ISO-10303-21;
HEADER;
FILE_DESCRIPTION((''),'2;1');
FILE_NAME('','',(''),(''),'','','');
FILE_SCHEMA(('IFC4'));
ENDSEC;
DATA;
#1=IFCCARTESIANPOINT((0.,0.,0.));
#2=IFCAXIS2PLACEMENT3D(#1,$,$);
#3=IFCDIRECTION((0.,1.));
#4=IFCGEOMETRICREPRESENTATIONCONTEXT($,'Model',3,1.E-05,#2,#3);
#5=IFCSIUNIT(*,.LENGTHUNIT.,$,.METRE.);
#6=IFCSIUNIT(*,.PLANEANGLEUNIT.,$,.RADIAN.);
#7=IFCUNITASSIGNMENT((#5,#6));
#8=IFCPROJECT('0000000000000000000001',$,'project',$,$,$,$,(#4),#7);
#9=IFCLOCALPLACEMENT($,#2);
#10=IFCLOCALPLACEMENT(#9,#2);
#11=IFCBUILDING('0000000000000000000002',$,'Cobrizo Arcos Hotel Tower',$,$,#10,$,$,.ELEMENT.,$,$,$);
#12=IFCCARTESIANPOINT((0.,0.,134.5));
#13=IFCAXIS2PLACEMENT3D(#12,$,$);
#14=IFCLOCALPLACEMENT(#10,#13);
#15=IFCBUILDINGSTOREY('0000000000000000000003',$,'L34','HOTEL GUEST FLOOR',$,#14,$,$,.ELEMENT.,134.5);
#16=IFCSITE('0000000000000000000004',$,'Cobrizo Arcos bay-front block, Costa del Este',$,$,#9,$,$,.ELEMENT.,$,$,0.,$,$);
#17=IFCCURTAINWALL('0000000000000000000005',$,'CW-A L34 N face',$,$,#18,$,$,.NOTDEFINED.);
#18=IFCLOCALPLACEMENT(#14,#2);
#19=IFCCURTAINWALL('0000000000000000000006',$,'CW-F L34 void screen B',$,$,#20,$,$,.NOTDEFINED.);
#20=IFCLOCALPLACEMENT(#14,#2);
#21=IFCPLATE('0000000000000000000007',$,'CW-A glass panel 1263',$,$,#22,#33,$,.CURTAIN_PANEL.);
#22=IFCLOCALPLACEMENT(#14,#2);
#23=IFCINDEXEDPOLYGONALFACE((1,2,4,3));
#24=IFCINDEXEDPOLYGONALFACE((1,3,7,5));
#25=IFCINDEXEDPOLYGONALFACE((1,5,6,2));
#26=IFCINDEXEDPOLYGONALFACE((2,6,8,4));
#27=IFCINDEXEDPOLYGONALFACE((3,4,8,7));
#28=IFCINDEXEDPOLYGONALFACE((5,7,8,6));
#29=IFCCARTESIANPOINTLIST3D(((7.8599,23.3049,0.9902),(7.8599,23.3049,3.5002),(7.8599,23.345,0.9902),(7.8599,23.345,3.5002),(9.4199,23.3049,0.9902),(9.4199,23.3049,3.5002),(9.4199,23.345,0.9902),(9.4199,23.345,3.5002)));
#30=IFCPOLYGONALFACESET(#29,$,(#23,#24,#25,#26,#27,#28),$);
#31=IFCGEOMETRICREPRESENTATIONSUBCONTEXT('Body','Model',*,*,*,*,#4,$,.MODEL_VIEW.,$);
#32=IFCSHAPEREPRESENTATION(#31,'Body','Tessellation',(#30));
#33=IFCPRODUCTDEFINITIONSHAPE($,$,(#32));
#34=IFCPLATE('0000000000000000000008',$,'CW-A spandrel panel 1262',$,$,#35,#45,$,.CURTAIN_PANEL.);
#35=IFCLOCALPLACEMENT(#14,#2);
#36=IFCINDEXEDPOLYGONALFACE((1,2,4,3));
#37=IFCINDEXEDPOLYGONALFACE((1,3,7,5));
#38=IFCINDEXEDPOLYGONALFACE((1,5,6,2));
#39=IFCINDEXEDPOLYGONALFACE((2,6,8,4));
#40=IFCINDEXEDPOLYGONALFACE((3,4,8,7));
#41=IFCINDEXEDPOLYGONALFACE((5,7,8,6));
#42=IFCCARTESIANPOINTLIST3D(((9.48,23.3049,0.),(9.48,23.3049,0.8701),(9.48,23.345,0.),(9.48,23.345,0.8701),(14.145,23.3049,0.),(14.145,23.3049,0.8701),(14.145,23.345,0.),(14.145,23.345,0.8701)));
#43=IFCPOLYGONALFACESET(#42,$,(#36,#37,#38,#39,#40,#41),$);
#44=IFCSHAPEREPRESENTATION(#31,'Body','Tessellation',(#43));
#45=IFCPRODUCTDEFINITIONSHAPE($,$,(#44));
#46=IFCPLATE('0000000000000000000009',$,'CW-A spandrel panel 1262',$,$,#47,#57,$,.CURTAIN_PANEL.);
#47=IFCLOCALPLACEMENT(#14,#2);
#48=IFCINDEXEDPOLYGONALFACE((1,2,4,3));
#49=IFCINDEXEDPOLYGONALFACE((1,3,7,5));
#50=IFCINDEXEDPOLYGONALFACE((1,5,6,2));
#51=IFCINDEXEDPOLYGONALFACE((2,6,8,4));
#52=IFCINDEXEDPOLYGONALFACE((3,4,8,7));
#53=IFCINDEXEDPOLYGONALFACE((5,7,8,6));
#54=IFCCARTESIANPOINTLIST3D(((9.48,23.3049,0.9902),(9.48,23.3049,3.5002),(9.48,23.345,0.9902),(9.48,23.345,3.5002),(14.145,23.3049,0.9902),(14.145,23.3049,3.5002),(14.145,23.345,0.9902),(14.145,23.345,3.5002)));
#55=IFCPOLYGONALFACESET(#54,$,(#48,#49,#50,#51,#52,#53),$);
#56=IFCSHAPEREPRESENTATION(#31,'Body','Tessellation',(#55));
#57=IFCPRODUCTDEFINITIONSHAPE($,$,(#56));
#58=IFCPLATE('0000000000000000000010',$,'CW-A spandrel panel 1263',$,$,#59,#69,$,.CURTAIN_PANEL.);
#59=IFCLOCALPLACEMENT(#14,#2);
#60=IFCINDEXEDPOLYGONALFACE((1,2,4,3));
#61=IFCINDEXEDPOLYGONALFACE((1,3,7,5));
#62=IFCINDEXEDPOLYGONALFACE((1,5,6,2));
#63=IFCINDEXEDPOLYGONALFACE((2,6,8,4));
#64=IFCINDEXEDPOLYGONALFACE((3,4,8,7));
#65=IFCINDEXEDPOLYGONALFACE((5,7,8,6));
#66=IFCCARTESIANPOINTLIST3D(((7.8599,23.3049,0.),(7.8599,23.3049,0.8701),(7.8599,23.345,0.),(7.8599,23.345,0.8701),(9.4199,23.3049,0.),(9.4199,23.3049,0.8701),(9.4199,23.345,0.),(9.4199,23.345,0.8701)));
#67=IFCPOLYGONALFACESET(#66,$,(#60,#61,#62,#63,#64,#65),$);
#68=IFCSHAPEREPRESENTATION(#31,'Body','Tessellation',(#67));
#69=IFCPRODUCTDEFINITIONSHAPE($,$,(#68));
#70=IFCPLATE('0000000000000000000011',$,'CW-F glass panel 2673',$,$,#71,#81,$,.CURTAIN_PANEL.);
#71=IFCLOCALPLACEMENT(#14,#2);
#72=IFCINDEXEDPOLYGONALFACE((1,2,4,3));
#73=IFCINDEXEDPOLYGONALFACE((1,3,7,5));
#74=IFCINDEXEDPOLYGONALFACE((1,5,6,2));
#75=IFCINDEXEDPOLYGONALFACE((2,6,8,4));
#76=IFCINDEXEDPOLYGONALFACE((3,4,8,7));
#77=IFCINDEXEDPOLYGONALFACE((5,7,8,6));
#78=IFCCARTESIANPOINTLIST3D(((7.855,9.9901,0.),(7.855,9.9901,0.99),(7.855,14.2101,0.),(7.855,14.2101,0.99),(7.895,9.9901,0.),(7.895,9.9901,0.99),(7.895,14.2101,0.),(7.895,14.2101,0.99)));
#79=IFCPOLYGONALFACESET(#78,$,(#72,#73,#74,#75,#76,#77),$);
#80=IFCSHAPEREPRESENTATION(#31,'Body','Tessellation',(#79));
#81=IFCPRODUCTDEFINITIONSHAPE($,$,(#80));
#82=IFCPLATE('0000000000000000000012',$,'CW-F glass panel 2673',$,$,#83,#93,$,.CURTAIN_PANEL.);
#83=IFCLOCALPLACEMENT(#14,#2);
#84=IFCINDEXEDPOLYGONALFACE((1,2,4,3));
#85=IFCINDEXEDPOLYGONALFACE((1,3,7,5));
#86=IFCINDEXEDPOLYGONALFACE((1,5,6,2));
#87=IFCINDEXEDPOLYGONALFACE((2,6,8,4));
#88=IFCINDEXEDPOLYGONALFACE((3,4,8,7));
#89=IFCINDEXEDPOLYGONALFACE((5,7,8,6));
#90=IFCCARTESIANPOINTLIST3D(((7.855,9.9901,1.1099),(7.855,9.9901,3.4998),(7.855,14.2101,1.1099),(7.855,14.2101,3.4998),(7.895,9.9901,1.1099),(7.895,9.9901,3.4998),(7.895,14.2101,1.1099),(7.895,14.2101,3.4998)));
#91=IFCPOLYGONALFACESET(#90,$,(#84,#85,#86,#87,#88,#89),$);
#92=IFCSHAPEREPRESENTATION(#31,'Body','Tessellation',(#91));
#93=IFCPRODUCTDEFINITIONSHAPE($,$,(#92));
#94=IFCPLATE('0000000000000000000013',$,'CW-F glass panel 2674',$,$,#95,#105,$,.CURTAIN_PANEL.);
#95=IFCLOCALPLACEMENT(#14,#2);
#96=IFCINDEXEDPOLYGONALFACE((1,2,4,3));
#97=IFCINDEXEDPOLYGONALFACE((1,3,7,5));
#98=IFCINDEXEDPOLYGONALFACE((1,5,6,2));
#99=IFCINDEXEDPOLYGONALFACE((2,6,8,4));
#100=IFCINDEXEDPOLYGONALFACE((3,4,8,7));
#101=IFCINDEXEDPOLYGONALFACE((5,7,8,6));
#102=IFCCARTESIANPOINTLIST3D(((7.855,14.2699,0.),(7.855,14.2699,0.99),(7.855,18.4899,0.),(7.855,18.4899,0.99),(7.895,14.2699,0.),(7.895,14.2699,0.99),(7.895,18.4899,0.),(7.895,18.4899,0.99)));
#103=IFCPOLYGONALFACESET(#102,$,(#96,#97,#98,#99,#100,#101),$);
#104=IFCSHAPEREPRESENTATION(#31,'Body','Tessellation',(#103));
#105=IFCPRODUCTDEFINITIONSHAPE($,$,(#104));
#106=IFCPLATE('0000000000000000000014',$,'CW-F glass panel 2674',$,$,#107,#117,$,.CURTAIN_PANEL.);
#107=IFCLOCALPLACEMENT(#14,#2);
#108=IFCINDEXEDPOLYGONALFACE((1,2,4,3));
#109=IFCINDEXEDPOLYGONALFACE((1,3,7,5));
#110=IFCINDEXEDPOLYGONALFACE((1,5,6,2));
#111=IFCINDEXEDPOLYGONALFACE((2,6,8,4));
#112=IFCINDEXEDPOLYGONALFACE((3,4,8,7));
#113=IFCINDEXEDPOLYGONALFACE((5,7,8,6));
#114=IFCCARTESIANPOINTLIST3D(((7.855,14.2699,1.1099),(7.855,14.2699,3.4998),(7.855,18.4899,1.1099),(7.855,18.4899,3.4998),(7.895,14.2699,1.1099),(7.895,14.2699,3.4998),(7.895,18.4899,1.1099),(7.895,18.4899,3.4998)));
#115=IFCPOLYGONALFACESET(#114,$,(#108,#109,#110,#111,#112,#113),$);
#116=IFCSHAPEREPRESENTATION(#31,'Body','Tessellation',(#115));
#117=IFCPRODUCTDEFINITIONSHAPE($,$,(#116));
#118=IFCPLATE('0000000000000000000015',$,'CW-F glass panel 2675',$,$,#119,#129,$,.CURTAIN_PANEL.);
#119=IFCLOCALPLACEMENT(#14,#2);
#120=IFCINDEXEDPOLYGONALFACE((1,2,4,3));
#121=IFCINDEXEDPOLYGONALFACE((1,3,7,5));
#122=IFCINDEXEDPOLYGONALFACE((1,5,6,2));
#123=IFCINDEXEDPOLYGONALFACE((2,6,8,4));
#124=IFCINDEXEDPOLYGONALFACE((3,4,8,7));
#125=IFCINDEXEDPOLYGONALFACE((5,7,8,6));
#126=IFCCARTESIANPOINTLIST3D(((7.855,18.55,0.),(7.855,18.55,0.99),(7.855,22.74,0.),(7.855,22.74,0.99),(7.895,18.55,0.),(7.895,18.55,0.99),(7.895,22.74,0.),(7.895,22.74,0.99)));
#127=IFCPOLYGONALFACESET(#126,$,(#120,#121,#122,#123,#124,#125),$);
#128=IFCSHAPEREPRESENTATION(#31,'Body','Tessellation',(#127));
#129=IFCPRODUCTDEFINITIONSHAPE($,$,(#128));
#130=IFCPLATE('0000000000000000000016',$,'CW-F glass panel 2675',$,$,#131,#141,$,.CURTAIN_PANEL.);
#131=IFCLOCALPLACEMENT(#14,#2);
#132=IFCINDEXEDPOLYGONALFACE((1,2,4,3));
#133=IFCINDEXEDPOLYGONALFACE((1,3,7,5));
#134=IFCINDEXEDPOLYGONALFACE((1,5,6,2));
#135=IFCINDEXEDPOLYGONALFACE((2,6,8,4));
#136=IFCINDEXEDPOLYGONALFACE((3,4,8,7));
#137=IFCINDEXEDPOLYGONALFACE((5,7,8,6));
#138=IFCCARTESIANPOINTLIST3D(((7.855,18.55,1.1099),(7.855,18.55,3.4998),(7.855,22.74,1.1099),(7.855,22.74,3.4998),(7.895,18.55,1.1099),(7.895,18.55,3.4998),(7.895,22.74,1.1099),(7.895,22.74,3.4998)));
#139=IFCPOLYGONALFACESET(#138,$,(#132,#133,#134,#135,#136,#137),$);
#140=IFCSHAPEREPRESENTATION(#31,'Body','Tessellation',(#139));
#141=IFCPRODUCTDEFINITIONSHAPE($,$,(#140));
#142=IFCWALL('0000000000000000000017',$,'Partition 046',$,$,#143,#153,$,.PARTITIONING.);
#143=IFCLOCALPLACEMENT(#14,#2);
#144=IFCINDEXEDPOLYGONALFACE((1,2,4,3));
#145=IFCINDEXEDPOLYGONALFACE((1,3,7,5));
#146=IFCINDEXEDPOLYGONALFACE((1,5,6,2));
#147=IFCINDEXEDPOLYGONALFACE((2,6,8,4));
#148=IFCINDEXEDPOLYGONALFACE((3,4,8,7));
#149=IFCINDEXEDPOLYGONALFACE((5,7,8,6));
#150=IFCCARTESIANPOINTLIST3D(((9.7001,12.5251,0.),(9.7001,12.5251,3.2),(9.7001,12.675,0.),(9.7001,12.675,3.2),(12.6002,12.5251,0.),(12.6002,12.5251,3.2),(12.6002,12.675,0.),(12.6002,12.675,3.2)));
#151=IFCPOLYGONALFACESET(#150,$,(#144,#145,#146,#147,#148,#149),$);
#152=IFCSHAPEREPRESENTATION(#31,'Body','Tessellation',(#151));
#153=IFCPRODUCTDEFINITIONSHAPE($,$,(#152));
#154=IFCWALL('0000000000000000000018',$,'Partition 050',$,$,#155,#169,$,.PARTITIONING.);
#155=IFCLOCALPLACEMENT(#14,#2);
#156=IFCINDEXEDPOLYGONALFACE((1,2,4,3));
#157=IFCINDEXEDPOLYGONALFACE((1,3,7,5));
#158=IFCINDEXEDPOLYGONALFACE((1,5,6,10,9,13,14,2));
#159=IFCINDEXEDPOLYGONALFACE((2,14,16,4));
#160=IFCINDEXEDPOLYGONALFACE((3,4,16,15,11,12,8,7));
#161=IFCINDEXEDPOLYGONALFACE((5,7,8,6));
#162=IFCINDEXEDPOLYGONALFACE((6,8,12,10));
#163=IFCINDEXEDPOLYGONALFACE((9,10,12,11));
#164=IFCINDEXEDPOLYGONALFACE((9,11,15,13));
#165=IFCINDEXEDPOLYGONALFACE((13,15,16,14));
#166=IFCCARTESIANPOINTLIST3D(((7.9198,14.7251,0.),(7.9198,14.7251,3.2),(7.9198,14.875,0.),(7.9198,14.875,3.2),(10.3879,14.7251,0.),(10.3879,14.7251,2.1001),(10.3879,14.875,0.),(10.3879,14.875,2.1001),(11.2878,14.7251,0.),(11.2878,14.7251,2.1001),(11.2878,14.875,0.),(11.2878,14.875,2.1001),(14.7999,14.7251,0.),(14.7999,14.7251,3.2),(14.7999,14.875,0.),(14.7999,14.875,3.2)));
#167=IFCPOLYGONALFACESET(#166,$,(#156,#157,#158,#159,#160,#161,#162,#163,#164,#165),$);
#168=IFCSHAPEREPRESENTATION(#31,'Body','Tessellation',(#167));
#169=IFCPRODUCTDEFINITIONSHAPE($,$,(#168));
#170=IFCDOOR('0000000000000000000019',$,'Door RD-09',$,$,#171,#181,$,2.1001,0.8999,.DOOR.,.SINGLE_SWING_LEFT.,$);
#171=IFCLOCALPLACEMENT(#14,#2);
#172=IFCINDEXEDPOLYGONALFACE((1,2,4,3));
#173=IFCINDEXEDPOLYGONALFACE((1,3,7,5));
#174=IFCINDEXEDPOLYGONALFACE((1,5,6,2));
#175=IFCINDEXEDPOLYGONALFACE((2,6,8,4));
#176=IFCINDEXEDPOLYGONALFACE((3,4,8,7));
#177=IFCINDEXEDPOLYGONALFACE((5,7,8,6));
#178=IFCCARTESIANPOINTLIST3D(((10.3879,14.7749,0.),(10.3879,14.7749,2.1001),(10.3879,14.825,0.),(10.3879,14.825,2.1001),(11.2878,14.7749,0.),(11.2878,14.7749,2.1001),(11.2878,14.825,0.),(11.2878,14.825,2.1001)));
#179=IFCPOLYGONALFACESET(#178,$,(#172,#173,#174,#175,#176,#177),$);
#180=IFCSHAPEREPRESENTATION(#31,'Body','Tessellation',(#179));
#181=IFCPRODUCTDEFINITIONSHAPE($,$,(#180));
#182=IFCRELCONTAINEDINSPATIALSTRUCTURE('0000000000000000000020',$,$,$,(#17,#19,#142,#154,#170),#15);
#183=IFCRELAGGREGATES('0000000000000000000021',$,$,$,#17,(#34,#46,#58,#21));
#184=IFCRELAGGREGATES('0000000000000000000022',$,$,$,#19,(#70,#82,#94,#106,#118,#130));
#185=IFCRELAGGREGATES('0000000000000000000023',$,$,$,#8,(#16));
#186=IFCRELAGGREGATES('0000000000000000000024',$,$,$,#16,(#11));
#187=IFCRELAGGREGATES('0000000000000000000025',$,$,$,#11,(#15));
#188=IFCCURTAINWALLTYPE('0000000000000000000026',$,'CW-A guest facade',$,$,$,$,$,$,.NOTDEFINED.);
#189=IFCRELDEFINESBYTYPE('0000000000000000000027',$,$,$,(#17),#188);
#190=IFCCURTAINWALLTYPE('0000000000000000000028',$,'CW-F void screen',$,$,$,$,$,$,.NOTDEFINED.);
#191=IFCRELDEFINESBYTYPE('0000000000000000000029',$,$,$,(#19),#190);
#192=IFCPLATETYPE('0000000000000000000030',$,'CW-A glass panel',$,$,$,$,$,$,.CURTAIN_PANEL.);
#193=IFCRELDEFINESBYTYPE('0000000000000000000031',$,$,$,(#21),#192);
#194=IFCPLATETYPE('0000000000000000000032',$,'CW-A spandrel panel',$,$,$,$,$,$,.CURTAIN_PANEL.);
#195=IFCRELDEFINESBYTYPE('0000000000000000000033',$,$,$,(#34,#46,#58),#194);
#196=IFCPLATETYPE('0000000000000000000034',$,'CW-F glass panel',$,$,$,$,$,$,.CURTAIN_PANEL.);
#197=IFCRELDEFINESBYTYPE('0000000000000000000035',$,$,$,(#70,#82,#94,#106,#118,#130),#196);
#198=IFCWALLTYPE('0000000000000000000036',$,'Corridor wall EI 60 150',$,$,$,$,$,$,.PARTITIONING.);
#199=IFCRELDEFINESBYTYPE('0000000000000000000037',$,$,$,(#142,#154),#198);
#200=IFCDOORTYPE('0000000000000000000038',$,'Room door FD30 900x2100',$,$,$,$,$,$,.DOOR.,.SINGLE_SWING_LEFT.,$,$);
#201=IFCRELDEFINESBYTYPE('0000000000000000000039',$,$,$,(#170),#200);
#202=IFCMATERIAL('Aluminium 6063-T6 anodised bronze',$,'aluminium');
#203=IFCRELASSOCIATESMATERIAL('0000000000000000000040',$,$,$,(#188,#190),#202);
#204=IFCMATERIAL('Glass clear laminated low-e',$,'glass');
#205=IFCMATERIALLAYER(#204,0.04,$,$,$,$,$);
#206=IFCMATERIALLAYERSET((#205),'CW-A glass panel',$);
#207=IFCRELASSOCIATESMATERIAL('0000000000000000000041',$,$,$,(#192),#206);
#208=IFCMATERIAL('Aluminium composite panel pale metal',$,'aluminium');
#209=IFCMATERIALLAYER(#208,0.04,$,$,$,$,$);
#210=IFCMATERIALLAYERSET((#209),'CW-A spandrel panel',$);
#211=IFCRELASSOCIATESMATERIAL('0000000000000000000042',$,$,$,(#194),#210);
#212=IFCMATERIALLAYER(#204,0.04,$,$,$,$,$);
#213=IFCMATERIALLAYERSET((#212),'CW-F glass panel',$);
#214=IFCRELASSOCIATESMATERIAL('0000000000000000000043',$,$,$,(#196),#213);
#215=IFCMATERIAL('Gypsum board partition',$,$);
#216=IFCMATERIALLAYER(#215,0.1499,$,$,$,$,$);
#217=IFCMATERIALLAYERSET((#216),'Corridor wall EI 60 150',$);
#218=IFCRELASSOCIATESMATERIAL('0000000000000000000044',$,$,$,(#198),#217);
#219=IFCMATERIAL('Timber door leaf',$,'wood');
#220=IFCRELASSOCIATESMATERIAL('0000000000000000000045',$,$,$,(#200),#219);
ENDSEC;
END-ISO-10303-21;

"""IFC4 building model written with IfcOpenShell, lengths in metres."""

from ifc_helpers import new_model, si_unit, direction, frame, frame_2d, origin, origin_2d, place, context, subcontext, project, spatial, rectangle, extrude, material, layer, layer_set, type_object, element, fill, aggregate, save


model = new_model("IFC4")

# Units and contexts
model_context = context("Model", 3, precision=1e-05, world=origin(), true_north=direction((0.0, 1.0)))
body_context = subcontext(model_context, "Body", "Model", "MODEL_VIEW")
ifc_project = project(units=[si_unit("LENGTHUNIT", "METRE"), si_unit("PLANEANGLEUNIT", "RADIAN")], contexts=[model_context])

# Site, building, storey
site_placement = place(None, origin())
site = spatial("IfcSite", under=ifc_project, at=site_placement, Name="Cobrizo Arcos bay-front block, Costa del Este", CompositionType="ELEMENT", RefElevation=0.0)
building_placement = place(site_placement, origin())
building = spatial("IfcBuilding", under=site, at=building_placement, Name="Cobrizo Arcos Hotel Tower", CompositionType="ELEMENT")
storey_placement = place(building_placement, frame((0.0, 0.0, 134.5)))
storey = spatial("IfcBuildingStorey", under=building, at=storey_placement, Name="L34", Description="HOTEL GUEST FLOOR", CompositionType="ELEMENT", Elevation=134.5)

# Curtain walls
ifc_material_1 = material(Name="Aluminium 6063-T6 anodised bronze", Category="aluminium")
curtain_wall_type_1 = type_object("IfcCurtainWallType", Name="CW-A guest facade", PredefinedType="NOTDEFINED", material=ifc_material_1)
curtain_wall_1_placement = place(storey_placement, origin())
curtain_wall_1 = element("IfcCurtainWall", 1, at=curtain_wall_1_placement, inside=storey, type_object=curtain_wall_type_1, Name="CW-A L34 N face", PredefinedType="NOTDEFINED")
curtain_wall_type_2 = type_object("IfcCurtainWallType", Name="CW-F void screen", PredefinedType="NOTDEFINED", material=ifc_material_1)
curtain_wall_2_placement = place(storey_placement, origin())
curtain_wall_2 = element("IfcCurtainWall", 2, at=curtain_wall_2_placement, inside=storey, type_object=curtain_wall_type_2, Name="CW-F L34 void screen B", PredefinedType="NOTDEFINED")

# Plates
ifc_material_2 = material(Name="Glass clear laminated low-e", Category="glass")
ifc_layer_1 = layer(ifc_material_2, 0.04)
ifc_layer_set_1 = layer_set([ifc_layer_1], Name="CW-A glass panel")
plate_type_1 = type_object("IfcPlateType", Name="CW-A glass panel", PredefinedType="CURTAIN_PANEL", material=ifc_layer_set_1)
plate_1_placement = place(storey_placement, frame((8.6399, 23.325, 0.9902), z_axis=(0.0, 0.0, 1.0), x_axis=(-1.0, 0.0, 0.0)))
plate_1 = element("IfcPlate", 3, at=plate_1_placement, type_object=plate_type_1, Name="CW-A glass panel 1263", PredefinedType="CURTAIN_PANEL", context=body_context, shape_type="SweptSolid", body=[
    extrude(rectangle(XDim=1.5601, YDim=0.04, at=origin_2d()), origin(), (0.0, 0.0, 1.0), 2.51),
])
ifc_material_3 = material(Name="Aluminium composite panel pale metal", Category="aluminium")
ifc_layer_2 = layer(ifc_material_3, 0.04)
ifc_layer_set_2 = layer_set([ifc_layer_2], Name="CW-A spandrel panel")
plate_type_2 = type_object("IfcPlateType", Name="CW-A spandrel panel", PredefinedType="CURTAIN_PANEL", material=ifc_layer_set_2)
plate_2_placement = place(storey_placement, frame((11.8125, 23.325, 0.0), z_axis=(0.0, 0.0, 1.0), x_axis=(-1.0, 0.0, 0.0)))
plate_2 = element("IfcPlate", 4, at=plate_2_placement, type_object=plate_type_2, Name="CW-A spandrel panel 1262", PredefinedType="CURTAIN_PANEL", context=body_context, shape_type="SweptSolid", body=[
    extrude(rectangle(XDim=4.665, YDim=0.04, at=origin_2d()), origin(), (0.0, 0.0, 1.0), 0.8701),
])
plate_3_placement = place(storey_placement, frame((11.8125, 23.325, 0.9902), z_axis=(0.0, 0.0, 1.0), x_axis=(-1.0, 0.0, 0.0)))
plate_3 = element("IfcPlate", 5, at=plate_3_placement, type_object=plate_type_2, Name="CW-A spandrel panel 1262", PredefinedType="CURTAIN_PANEL", context=body_context, shape_type="SweptSolid", body=[
    extrude(rectangle(XDim=4.665, YDim=0.04, at=origin_2d()), origin(), (0.0, 0.0, 1.0), 2.51),
])
plate_4_placement = place(storey_placement, frame((8.6399, 23.325, 0.0), z_axis=(0.0, 0.0, 1.0), x_axis=(-1.0, 0.0, 0.0)))
plate_4 = element("IfcPlate", 6, at=plate_4_placement, type_object=plate_type_2, Name="CW-A spandrel panel 1263", PredefinedType="CURTAIN_PANEL", context=body_context, shape_type="SweptSolid", body=[
    extrude(rectangle(XDim=1.5601, YDim=0.04, at=origin_2d()), origin(), (0.0, 0.0, 1.0), 0.8701),
])
aggregate(curtain_wall_1, [plate_2, plate_3, plate_4, plate_1])
ifc_layer_3 = layer(ifc_material_2, 0.04)
ifc_layer_set_3 = layer_set([ifc_layer_3], Name="CW-F glass panel")
plate_type_3 = type_object("IfcPlateType", Name="CW-F glass panel", PredefinedType="CURTAIN_PANEL", material=ifc_layer_set_3)
plate_5_placement = place(storey_placement, frame((7.875, 12.1001, 0.0), z_axis=(0.0, 0.0, 1.0), x_axis=(0.0, 1.0, 0.0)))
plate_5 = element("IfcPlate", 7, at=plate_5_placement, type_object=plate_type_3, Name="CW-F glass panel 2673", PredefinedType="CURTAIN_PANEL", context=body_context, shape_type="SweptSolid", body=[
    extrude(rectangle(XDim=4.22, YDim=0.04, at=origin_2d()), origin(), (0.0, 0.0, 1.0), 0.99),
])
plate_6_placement = place(storey_placement, frame((7.875, 12.1001, 1.1099), z_axis=(0.0, 0.0, 1.0), x_axis=(0.0, 1.0, 0.0)))
plate_6 = element("IfcPlate", 8, at=plate_6_placement, type_object=plate_type_3, Name="CW-F glass panel 2673", PredefinedType="CURTAIN_PANEL", context=body_context, shape_type="SweptSolid", body=[
    extrude(rectangle(XDim=4.22, YDim=0.04, at=origin_2d()), origin(), (0.0, 0.0, 1.0), 2.3899),
])
plate_7_placement = place(storey_placement, frame((7.875, 16.3799, 0.0), z_axis=(0.0, 0.0, 1.0), x_axis=(0.0, 1.0, 0.0)))
plate_7 = element("IfcPlate", 9, at=plate_7_placement, type_object=plate_type_3, Name="CW-F glass panel 2674", PredefinedType="CURTAIN_PANEL", context=body_context, shape_type="SweptSolid", body=[
    extrude(rectangle(XDim=4.22, YDim=0.04, at=origin_2d()), origin(), (0.0, 0.0, 1.0), 0.99),
])
plate_8_placement = place(storey_placement, frame((7.875, 16.3799, 1.1099), z_axis=(0.0, 0.0, 1.0), x_axis=(0.0, 1.0, 0.0)))
plate_8 = element("IfcPlate", 10, at=plate_8_placement, type_object=plate_type_3, Name="CW-F glass panel 2674", PredefinedType="CURTAIN_PANEL", context=body_context, shape_type="SweptSolid", body=[
    extrude(rectangle(XDim=4.22, YDim=0.04, at=origin_2d()), origin(), (0.0, 0.0, 1.0), 2.3899),
])
plate_9_placement = place(storey_placement, frame((7.875, 20.645, 0.0), z_axis=(0.0, 0.0, 1.0), x_axis=(0.0, 1.0, 0.0)))
plate_9 = element("IfcPlate", 11, at=plate_9_placement, type_object=plate_type_3, Name="CW-F glass panel 2675", PredefinedType="CURTAIN_PANEL", context=body_context, shape_type="SweptSolid", body=[
    extrude(rectangle(XDim=4.1899, YDim=0.04, at=origin_2d()), origin(), (0.0, 0.0, 1.0), 0.99),
])
plate_10_placement = place(storey_placement, frame((7.875, 20.645, 1.1099), z_axis=(0.0, 0.0, 1.0), x_axis=(0.0, 1.0, 0.0)))
plate_10 = element("IfcPlate", 12, at=plate_10_placement, type_object=plate_type_3, Name="CW-F glass panel 2675", PredefinedType="CURTAIN_PANEL", context=body_context, shape_type="SweptSolid", body=[
    extrude(rectangle(XDim=4.1899, YDim=0.04, at=origin_2d()), origin(), (0.0, 0.0, 1.0), 2.3899),
])
aggregate(curtain_wall_2, [plate_5, plate_6, plate_7, plate_8, plate_9, plate_10])

# Wall
ifc_material_4 = material(Name="Gypsum board partition")
ifc_layer_4 = layer(ifc_material_4, 0.1499)
ifc_layer_set_4 = layer_set([ifc_layer_4], Name="Corridor wall EI 60 150")
wall_type_1 = type_object("IfcWallType", Name="Corridor wall EI 60 150", PredefinedType="PARTITIONING", material=ifc_layer_set_4)
wall_1_placement = place(storey_placement, frame((9.7, 12.6001, 0.0), z_axis=(0.0, 0.0, 1.0), x_axis=(1.0, 0.0, 0.0)))
element("IfcWall", 13, at=wall_1_placement, inside=storey, type_object=wall_type_1, Name="Partition 046", PredefinedType="PARTITIONING", context=body_context, shape_type="SweptSolid", body=[
    extrude(rectangle(XDim=2.9001, YDim=0.1499, at=frame_2d((1.4502, 0.0))), origin(), (0.0, 0.0, 1.0), 3.2),
])

# Wall, opening, door
wall_2_placement = place(storey_placement, frame((7.9199, 14.8, 0.0), z_axis=(0.0, 0.0, 1.0), x_axis=(1.0, 0.0, 0.0)))
wall_2 = element("IfcWall", 14, at=wall_2_placement, inside=storey, type_object=wall_type_1, Name="Partition 050", PredefinedType="PARTITIONING", context=body_context, shape_type="SweptSolid", body=[
    extrude(rectangle(XDim=6.8801, YDim=0.1499, at=frame_2d((3.4399, 0.0))), origin(), (0.0, 0.0, 1.0), 3.2),
])
opening_placement = place(wall_2_placement, frame((2.468, 0.0, 0.0)))
opening = element("IfcOpeningElement", 15, at=opening_placement, cuts=wall_2, PredefinedType="OPENING", context=body_context, shape_type="SweptSolid", body=[
    extrude(rectangle(XDim=0.8999, YDim=2.1001, at=frame_2d((0.45, 1.05))), frame((0.0, 0.0869, 0.0), z_axis=(0.0, -1.0, 0.0), x_axis=(1.0, 0.0, 0.0)), (0.0, 0.0, 1.0), 0.1738),
])
ifc_material_5 = material(Name="Timber door leaf", Category="wood")
door_type = type_object("IfcDoorType", Name="Room door FD30 900x2100", OperationType="SINGLE_SWING_LEFT", PredefinedType="DOOR", material=ifc_material_5)
door_placement = place(opening_placement, origin())
door = element("IfcDoor", 16, at=door_placement, inside=storey, type_object=door_type, Name="Door RD-09", OperationType="SINGLE_SWING_LEFT", OverallHeight=2.1001, OverallWidth=0.8999, PredefinedType="DOOR", context=body_context, shape_type="SweptSolid", body=[
    extrude(rectangle(XDim=0.8999, YDim=2.1001, at=frame_2d((0.45, 1.05))), frame((0.0, 0.0249, 0.0), z_axis=(0.0, -1.0, 0.0), x_axis=(1.0, 0.0, 0.0)), (0.0, 0.0, 1.0), 0.05),
])
fill(opening, door)

save(model, "model.ifc")
